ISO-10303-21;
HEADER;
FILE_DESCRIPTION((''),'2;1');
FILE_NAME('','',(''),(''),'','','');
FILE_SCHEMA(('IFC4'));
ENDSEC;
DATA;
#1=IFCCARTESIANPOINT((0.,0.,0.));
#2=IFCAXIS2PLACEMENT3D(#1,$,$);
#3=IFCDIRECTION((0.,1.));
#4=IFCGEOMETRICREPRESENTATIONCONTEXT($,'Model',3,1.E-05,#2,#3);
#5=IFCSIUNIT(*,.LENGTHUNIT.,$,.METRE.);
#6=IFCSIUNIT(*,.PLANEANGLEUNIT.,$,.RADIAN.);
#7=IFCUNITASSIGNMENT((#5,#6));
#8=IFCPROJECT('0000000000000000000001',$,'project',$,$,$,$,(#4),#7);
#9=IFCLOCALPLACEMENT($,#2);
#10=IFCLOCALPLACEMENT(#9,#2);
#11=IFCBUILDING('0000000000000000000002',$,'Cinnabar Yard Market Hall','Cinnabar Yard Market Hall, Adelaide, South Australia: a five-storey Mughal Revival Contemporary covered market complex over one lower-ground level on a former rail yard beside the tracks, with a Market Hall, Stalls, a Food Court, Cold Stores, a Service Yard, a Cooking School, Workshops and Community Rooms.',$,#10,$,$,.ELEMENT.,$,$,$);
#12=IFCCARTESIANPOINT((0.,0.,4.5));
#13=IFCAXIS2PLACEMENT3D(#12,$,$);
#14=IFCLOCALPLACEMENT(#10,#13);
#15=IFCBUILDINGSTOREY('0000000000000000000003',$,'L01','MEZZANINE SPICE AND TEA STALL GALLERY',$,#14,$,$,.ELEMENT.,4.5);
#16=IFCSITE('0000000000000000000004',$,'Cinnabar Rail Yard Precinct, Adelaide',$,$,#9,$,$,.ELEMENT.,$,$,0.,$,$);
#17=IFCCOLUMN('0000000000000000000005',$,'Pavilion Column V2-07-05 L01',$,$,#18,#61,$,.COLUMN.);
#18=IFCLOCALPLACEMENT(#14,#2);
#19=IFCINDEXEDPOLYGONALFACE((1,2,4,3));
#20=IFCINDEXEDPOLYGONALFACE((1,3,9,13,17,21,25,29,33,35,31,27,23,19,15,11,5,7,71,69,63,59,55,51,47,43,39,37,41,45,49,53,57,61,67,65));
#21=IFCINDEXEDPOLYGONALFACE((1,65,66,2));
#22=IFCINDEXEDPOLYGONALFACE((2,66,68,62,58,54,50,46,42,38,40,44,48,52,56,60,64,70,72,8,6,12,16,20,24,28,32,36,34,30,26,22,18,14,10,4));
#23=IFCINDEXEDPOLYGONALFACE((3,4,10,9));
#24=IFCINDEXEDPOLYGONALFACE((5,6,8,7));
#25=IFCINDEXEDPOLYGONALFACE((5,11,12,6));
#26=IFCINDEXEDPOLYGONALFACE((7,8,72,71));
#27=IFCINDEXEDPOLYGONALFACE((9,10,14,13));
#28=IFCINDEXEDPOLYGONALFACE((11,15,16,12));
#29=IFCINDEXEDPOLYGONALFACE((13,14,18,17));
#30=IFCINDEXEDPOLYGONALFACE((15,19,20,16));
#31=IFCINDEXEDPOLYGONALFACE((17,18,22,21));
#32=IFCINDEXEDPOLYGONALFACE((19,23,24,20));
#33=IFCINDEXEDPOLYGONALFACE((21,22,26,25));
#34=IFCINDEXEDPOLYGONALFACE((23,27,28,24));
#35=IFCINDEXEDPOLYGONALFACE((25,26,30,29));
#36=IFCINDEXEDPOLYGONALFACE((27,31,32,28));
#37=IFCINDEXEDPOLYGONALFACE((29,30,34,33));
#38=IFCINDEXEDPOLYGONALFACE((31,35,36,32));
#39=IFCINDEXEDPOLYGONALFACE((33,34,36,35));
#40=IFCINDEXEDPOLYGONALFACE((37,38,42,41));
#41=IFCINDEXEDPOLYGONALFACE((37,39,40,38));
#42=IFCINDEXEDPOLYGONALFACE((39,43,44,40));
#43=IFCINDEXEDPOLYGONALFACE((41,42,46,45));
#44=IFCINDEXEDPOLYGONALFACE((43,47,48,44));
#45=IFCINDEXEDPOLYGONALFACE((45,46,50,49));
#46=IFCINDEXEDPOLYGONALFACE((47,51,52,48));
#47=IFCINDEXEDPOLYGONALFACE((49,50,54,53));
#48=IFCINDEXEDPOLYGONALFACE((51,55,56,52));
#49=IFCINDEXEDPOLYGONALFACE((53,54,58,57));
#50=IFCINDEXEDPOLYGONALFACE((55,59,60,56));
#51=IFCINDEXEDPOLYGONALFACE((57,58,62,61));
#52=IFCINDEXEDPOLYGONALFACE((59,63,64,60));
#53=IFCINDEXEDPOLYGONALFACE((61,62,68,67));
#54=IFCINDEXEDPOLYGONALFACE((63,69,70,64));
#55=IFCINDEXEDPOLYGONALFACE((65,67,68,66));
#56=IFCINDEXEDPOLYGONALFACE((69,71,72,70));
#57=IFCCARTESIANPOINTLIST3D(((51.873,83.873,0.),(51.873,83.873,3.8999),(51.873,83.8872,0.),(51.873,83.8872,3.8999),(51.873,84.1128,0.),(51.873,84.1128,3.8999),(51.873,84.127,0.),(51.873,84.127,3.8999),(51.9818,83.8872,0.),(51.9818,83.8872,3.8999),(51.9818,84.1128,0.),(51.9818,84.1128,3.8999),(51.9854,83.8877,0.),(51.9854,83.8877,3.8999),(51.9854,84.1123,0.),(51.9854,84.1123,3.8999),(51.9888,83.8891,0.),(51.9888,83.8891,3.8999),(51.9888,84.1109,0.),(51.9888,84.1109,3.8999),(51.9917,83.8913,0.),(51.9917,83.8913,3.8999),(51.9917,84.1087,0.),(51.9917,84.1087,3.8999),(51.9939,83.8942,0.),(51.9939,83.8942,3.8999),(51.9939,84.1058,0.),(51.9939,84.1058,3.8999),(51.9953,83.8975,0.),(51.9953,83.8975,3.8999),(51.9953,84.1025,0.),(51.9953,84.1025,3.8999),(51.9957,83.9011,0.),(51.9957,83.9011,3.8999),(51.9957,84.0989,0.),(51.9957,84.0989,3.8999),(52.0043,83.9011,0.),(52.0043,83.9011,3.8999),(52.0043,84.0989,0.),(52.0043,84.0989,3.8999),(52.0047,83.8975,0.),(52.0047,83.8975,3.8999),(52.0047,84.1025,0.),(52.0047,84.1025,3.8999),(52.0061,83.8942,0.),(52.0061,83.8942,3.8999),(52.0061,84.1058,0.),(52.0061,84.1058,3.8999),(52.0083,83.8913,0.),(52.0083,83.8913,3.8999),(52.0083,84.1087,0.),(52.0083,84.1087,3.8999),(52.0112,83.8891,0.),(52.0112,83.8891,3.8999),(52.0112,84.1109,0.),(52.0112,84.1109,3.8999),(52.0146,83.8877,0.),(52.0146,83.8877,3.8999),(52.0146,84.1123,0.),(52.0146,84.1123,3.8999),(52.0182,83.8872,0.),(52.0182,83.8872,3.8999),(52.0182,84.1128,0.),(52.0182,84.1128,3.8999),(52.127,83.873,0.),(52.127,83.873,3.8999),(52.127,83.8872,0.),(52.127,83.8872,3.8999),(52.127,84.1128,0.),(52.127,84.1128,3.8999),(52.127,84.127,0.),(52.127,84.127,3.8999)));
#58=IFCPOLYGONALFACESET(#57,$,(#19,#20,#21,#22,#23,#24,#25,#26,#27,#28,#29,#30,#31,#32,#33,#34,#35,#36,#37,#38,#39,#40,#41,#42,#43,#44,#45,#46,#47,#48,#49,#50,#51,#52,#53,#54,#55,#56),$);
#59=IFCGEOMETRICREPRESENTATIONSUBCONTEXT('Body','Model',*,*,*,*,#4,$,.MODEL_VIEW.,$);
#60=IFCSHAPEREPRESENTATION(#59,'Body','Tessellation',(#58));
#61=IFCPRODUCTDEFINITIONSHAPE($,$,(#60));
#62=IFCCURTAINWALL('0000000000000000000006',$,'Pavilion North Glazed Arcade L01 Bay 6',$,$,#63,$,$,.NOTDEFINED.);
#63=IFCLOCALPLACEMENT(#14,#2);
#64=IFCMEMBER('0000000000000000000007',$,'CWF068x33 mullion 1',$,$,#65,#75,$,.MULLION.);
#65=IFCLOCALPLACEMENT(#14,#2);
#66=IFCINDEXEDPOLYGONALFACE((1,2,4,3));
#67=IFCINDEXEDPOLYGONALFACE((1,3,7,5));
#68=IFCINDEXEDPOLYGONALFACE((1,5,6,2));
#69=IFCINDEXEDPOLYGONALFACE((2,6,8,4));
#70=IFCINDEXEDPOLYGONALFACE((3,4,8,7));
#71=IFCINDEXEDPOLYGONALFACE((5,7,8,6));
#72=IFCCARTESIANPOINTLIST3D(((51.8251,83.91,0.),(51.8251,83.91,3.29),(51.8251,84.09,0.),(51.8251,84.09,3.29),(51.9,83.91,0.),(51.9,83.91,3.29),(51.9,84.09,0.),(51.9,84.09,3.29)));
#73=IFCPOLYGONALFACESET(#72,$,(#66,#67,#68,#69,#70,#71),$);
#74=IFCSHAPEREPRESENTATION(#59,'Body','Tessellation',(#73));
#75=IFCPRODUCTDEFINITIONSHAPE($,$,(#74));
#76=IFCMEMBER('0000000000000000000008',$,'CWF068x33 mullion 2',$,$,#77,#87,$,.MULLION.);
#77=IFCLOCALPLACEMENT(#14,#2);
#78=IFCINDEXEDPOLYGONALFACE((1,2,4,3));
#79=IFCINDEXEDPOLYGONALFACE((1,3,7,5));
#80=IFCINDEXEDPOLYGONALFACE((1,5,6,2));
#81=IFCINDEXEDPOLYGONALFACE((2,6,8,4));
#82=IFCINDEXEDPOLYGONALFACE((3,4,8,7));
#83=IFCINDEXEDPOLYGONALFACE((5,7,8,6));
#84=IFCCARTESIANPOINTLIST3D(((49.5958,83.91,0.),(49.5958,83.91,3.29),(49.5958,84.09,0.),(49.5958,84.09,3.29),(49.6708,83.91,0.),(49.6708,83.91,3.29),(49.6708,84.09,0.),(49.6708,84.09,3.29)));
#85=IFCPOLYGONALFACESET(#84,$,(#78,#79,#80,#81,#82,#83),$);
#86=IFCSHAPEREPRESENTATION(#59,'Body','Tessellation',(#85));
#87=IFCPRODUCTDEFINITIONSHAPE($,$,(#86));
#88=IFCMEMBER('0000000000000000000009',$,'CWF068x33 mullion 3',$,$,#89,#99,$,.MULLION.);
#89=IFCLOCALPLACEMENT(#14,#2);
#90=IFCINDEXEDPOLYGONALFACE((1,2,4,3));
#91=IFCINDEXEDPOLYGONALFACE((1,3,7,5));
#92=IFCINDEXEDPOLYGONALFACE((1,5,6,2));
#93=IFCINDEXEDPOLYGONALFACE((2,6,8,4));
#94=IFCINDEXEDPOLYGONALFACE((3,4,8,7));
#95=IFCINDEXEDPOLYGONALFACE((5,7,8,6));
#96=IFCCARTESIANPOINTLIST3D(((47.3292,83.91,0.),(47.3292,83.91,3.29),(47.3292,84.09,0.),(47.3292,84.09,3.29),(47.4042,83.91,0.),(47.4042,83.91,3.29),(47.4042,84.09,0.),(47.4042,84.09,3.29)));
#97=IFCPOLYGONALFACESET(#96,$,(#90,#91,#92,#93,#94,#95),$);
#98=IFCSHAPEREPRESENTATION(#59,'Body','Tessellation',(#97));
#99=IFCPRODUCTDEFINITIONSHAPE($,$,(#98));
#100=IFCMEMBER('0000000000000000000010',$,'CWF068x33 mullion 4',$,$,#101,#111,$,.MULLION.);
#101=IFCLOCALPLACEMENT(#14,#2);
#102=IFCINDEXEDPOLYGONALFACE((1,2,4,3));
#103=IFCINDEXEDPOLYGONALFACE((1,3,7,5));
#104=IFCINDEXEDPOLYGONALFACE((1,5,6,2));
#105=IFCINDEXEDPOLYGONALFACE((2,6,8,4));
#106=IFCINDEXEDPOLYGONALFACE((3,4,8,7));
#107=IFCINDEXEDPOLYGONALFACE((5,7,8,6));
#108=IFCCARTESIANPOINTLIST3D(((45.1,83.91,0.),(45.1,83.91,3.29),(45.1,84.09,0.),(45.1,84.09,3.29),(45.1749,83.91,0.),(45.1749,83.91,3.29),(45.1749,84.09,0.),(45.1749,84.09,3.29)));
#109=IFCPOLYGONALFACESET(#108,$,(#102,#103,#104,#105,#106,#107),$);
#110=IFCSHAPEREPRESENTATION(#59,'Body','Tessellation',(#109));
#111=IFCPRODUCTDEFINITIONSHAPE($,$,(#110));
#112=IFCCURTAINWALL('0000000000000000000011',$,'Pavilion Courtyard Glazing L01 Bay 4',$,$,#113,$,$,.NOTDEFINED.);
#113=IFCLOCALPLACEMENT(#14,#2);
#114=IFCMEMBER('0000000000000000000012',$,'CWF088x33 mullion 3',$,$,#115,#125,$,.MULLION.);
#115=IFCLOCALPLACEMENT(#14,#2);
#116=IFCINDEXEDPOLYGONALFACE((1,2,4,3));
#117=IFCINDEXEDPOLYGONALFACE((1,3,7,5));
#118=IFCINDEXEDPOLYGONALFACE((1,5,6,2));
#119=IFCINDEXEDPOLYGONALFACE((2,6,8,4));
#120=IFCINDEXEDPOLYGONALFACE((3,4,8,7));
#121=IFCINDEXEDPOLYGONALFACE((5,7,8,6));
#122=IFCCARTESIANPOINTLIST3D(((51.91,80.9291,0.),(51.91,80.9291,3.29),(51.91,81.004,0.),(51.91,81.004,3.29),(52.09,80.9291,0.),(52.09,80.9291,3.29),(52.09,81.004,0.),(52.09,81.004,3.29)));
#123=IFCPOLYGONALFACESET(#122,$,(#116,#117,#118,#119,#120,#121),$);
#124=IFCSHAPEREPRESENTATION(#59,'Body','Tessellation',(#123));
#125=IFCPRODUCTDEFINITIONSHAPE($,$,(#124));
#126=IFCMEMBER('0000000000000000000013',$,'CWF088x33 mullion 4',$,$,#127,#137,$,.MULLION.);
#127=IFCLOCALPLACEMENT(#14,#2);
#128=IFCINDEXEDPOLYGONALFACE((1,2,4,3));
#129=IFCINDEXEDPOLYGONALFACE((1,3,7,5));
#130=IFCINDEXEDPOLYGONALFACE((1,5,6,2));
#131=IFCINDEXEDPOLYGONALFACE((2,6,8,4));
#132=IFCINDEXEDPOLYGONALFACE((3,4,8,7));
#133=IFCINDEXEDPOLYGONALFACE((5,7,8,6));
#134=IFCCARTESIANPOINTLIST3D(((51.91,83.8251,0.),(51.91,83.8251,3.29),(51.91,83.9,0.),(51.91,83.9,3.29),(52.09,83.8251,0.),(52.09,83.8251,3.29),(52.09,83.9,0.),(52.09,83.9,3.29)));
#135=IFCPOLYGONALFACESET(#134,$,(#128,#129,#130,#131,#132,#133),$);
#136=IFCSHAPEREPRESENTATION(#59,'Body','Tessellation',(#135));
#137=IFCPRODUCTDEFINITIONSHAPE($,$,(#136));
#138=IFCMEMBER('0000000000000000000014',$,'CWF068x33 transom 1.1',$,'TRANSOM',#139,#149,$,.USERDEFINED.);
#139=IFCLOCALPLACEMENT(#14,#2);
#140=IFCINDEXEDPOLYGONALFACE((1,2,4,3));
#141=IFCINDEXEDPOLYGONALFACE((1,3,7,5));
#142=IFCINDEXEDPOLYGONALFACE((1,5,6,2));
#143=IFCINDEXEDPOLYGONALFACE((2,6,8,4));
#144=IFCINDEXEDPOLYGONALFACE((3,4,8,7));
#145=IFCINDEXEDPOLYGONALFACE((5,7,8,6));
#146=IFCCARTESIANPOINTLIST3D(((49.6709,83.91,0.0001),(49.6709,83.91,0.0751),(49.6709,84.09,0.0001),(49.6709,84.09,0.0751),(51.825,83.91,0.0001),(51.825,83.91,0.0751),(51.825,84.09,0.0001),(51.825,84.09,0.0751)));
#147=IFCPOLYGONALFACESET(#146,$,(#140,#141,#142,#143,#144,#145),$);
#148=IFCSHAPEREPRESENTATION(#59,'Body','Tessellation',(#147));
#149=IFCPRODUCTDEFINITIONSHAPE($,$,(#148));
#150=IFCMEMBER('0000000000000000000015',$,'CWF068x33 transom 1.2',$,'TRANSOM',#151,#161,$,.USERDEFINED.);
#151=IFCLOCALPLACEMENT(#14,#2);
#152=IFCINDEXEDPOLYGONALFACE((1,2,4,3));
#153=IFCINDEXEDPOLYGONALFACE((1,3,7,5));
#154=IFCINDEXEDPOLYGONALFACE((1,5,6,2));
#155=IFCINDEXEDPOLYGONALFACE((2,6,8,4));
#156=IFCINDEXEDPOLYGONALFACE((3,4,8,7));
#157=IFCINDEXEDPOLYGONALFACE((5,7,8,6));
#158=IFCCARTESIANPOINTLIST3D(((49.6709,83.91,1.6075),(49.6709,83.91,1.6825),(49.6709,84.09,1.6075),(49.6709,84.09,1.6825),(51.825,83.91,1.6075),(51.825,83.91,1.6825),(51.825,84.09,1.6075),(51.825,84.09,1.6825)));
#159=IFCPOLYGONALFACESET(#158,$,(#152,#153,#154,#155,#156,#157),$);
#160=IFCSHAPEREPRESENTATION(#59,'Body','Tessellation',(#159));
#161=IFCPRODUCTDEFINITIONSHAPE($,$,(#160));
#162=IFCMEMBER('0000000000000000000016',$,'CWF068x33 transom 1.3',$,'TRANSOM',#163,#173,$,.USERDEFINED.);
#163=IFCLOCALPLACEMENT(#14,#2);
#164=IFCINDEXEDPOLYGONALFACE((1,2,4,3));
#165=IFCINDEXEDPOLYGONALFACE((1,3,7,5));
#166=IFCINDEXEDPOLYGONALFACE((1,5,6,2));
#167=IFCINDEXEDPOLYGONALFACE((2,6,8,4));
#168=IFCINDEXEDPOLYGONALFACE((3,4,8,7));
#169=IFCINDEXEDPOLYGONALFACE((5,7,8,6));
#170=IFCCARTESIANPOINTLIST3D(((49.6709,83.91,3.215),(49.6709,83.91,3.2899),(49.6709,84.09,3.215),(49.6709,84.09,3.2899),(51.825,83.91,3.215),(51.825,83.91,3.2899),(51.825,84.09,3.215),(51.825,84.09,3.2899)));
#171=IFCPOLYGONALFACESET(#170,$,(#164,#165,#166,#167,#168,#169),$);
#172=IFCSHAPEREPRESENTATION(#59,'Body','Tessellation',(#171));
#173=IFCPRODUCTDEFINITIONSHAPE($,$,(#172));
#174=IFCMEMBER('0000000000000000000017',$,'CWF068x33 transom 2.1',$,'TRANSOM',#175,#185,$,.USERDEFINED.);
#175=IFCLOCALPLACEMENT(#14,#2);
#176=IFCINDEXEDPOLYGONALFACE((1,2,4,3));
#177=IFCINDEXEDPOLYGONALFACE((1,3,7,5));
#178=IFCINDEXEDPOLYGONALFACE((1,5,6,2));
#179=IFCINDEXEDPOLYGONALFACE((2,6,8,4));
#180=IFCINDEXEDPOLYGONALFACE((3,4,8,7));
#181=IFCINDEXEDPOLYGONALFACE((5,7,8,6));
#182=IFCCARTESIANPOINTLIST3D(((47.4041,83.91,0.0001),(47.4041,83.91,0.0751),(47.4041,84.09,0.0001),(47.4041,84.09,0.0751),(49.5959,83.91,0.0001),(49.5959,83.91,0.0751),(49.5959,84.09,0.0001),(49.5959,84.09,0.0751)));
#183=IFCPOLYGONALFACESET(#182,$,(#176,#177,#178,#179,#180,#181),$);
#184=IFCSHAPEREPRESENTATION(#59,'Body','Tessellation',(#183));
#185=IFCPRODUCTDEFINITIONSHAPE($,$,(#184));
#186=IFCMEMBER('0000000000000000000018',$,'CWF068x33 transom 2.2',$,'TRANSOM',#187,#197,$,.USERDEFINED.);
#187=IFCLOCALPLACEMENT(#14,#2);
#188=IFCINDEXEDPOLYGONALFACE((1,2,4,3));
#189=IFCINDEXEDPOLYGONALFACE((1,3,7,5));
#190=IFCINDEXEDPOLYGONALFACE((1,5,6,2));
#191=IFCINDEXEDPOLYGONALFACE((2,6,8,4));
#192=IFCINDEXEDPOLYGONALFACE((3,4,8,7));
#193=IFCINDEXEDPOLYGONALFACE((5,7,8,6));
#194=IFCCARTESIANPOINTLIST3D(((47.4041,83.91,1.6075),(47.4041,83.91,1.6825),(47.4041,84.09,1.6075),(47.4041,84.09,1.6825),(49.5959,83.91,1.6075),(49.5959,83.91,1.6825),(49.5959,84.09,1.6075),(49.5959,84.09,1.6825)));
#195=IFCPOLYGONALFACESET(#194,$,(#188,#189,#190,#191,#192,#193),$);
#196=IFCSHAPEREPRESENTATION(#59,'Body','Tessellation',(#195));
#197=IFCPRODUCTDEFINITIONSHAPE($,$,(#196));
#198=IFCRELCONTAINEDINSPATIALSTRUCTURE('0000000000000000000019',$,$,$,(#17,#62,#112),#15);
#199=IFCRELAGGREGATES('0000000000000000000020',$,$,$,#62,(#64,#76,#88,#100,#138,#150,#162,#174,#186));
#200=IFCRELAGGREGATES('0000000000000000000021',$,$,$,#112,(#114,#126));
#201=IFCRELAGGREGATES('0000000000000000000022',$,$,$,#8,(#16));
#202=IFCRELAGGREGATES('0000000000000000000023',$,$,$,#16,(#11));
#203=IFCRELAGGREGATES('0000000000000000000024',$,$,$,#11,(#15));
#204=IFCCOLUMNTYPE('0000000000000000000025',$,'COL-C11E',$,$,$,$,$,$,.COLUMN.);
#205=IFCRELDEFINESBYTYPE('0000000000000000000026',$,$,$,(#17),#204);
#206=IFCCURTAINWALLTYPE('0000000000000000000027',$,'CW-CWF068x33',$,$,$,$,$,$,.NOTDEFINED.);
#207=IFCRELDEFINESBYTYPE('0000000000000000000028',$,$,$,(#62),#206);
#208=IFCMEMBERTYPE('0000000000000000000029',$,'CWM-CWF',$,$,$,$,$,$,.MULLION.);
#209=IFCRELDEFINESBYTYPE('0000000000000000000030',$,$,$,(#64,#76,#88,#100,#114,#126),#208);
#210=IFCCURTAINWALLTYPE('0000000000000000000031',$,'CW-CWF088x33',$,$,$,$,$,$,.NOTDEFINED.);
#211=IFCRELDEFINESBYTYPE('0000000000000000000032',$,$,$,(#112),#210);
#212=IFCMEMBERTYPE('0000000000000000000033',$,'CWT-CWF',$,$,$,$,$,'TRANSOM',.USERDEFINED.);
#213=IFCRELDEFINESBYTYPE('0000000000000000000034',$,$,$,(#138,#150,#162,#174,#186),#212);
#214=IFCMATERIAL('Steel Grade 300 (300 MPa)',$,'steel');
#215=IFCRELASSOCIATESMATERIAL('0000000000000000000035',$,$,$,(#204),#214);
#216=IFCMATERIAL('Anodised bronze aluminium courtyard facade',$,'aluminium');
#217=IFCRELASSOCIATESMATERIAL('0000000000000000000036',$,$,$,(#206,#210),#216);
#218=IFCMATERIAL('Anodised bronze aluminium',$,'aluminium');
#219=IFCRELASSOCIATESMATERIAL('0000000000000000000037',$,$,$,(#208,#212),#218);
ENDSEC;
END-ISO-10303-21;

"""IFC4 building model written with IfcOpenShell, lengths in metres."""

from ifc_helpers import new_model, si_unit, direction, frame, origin, origin_2d_with_axis, place, context, subcontext, project, spatial, rectangle, i_section, extrude, material, material_profile, profile_set, type_object, element, aggregate, save


model = new_model("IFC4")

# Units and contexts
model_context = context("Model", 3, precision=1e-05, world=origin(), true_north=direction((0.0, 1.0)))
body_context = subcontext(model_context, "Body", "Model", "MODEL_VIEW")
ifc_project = project(units=[si_unit("LENGTHUNIT", "METRE"), si_unit("PLANEANGLEUNIT", "RADIAN")], contexts=[model_context])

# Site, building, storey
site_placement = place(None, origin())
site = spatial("IfcSite", under=ifc_project, at=site_placement, Name="Cinnabar Rail Yard Precinct, Adelaide", CompositionType="ELEMENT", RefElevation=0.0)
building_placement = place(site_placement, origin())
building = spatial("IfcBuilding", under=site, at=building_placement, Name="Cinnabar Yard Market Hall", Description="Cinnabar Yard Market Hall, Adelaide, South Australia: a five-storey Mughal Revival Contemporary covered market complex over one lower-ground level on a former rail yard beside the tracks, with a Market Hall, Stalls, a Food Court, Cold Stores, a Service Yard, a Cooking School, Workshops and Community Rooms.", CompositionType="ELEMENT")
storey_placement = place(building_placement, frame((0.0, 0.0, 4.5)))
storey = spatial("IfcBuildingStorey", under=building, at=storey_placement, Name="L01", Description="MEZZANINE SPICE AND TEA STALL GALLERY", CompositionType="ELEMENT", Elevation=4.5)

# Column
ifc_material_1 = material(Name="Steel Grade 300 (300 MPa)", Category="steel")
ifc_material_profile_1 = material_profile(ifc_material_1, i_section(OverallWidth=0.2539, OverallDepth=0.2539, WebThickness=0.0085, FlangeThickness=0.0142, FilletRadius=0.0139, at=origin_2d_with_axis()), Name="250UC72.9")
ifc_profile_set_1 = profile_set([ifc_material_profile_1], Name="Steel Grade 300 (300 MPa)")
column_type = type_object("IfcColumnType", Name="COL-C11E", PredefinedType="COLUMN", material=ifc_profile_set_1)
column_placement = place(storey_placement, frame((52.0, 84.0, 0.0), z_axis=(0.0, 0.0, 1.0), x_axis=(1.0, 0.0, 0.0)))
element("IfcColumn", 1, at=column_placement, inside=storey, type_object=column_type, Name="Pavilion Column V2-07-05 L01", PredefinedType="COLUMN", context=body_context, shape_type="SweptSolid", body=[
    extrude(i_section(OverallWidth=0.2539, OverallDepth=0.2539, WebThickness=0.0085, FlangeThickness=0.0142, FilletRadius=0.0139, at=origin_2d_with_axis()), origin(), (0.0, 0.0, 1.0), 3.8999),
])

# Curtain walls, members
ifc_material_2 = material(Name="Anodised bronze aluminium courtyard facade", Category="aluminium")
curtain_wall_type_1 = type_object("IfcCurtainWallType", Name="CW-CWF068x33", PredefinedType="NOTDEFINED", material=ifc_material_2)
curtain_wall_1_placement = place(storey_placement, origin())
curtain_wall_1 = element("IfcCurtainWall", 2, at=curtain_wall_1_placement, inside=storey, type_object=curtain_wall_type_1, Name="Pavilion North Glazed Arcade L01 Bay 6", PredefinedType="NOTDEFINED")
ifc_material_3 = material(Name="Anodised bronze aluminium", Category="aluminium")
ifc_material_profile_2 = material_profile(ifc_material_3, rectangle(XDim=0.1799, YDim=0.075, at=origin_2d_with_axis()), Name="MUL-CWF")
ifc_profile_set_2 = profile_set([ifc_material_profile_2], Name="Anodised bronze aluminium")
member_type_1 = type_object("IfcMemberType", Name="CWM-CWF", PredefinedType="MULLION", material=ifc_profile_set_2)
member_1_placement = place(storey_placement, frame((51.8625, 84.0, 0.0), z_axis=(0.0, 0.0, 1.0), x_axis=(0.0, -1.0, 0.0)))
member_1 = element("IfcMember", 3, at=member_1_placement, type_object=member_type_1, Name="CWF068x33 mullion 1", PredefinedType="MULLION", context=body_context, shape_type="SweptSolid", body=[
    extrude(rectangle(XDim=0.1799, YDim=0.075, at=origin_2d_with_axis()), origin(), (0.0, 0.0, 1.0), 3.29),
])
member_2_placement = place(storey_placement, frame((49.6333, 84.0, 0.0), z_axis=(0.0, 0.0, 1.0), x_axis=(0.0, -1.0, 0.0)))
member_2 = element("IfcMember", 4, at=member_2_placement, type_object=member_type_1, Name="CWF068x33 mullion 2", PredefinedType="MULLION", context=body_context, shape_type="SweptSolid", body=[
    extrude(rectangle(XDim=0.1799, YDim=0.075, at=origin_2d_with_axis()), origin(), (0.0, 0.0, 1.0), 3.29),
])
member_3_placement = place(storey_placement, frame((47.3667, 84.0, 0.0), z_axis=(0.0, 0.0, 1.0), x_axis=(0.0, -1.0, 0.0)))
member_3 = element("IfcMember", 5, at=member_3_placement, type_object=member_type_1, Name="CWF068x33 mullion 3", PredefinedType="MULLION", context=body_context, shape_type="SweptSolid", body=[
    extrude(rectangle(XDim=0.1799, YDim=0.075, at=origin_2d_with_axis()), origin(), (0.0, 0.0, 1.0), 3.29),
])
member_4_placement = place(storey_placement, frame((45.1375, 84.0, 0.0), z_axis=(0.0, 0.0, 1.0), x_axis=(0.0, -1.0, 0.0)))
member_4 = element("IfcMember", 6, at=member_4_placement, type_object=member_type_1, Name="CWF068x33 mullion 4", PredefinedType="MULLION", context=body_context, shape_type="SweptSolid", body=[
    extrude(rectangle(XDim=0.1799, YDim=0.075, at=origin_2d_with_axis()), origin(), (0.0, 0.0, 1.0), 3.29),
])
curtain_wall_type_2 = type_object("IfcCurtainWallType", Name="CW-CWF088x33", PredefinedType="NOTDEFINED", material=ifc_material_2)
curtain_wall_2_placement = place(storey_placement, origin())
curtain_wall_2 = element("IfcCurtainWall", 7, at=curtain_wall_2_placement, inside=storey, type_object=curtain_wall_type_2, Name="Pavilion Courtyard Glazing L01 Bay 4", PredefinedType="NOTDEFINED")
member_5_placement = place(storey_placement, frame((52.0, 80.9666, 0.0), z_axis=(0.0, 0.0, 1.0), x_axis=(-1.0, 0.0, 0.0)))
member_5 = element("IfcMember", 8, at=member_5_placement, type_object=member_type_1, Name="CWF088x33 mullion 3", PredefinedType="MULLION", context=body_context, shape_type="SweptSolid", body=[
    extrude(rectangle(XDim=0.1799, YDim=0.075, at=origin_2d_with_axis()), origin(), (0.0, 0.0, 1.0), 3.29),
])
member_6_placement = place(storey_placement, frame((52.0, 83.8625, 0.0), z_axis=(0.0, 0.0, 1.0), x_axis=(-1.0, 0.0, 0.0)))
member_6 = element("IfcMember", 9, at=member_6_placement, type_object=member_type_1, Name="CWF088x33 mullion 4", PredefinedType="MULLION", context=body_context, shape_type="SweptSolid", body=[
    extrude(rectangle(XDim=0.1799, YDim=0.075, at=origin_2d_with_axis()), origin(), (0.0, 0.0, 1.0), 3.29),
])

# Members
ifc_material_profile_3 = material_profile(ifc_material_3, rectangle(XDim=0.1799, YDim=0.075, at=origin_2d_with_axis()), Name="TRN-CWF")
ifc_profile_set_3 = profile_set([ifc_material_profile_3], Name="Anodised bronze aluminium")
member_type_2 = type_object("IfcMemberType", Name="CWT-CWF", ElementType="TRANSOM", PredefinedType="USERDEFINED", material=ifc_profile_set_3)
member_7_placement = place(storey_placement, frame((51.825, 84.0, 0.0376), z_axis=(-1.0, 0.0, 0.0), x_axis=(0.0, -1.0, 0.0)))
member_7 = element("IfcMember", 10, at=member_7_placement, type_object=member_type_2, Name="CWF068x33 transom 1.1", ObjectType="TRANSOM", PredefinedType="USERDEFINED", context=body_context, shape_type="SweptSolid", body=[
    extrude(rectangle(XDim=0.1799, YDim=0.075, at=origin_2d_with_axis()), origin(), (0.0, 0.0, 1.0), 2.1541),
])
member_8_placement = place(storey_placement, frame((51.825, 84.0, 1.645), z_axis=(-1.0, 0.0, 0.0), x_axis=(0.0, -1.0, 0.0)))
member_8 = element("IfcMember", 11, at=member_8_placement, type_object=member_type_2, Name="CWF068x33 transom 1.2", ObjectType="TRANSOM", PredefinedType="USERDEFINED", context=body_context, shape_type="SweptSolid", body=[
    extrude(rectangle(XDim=0.1799, YDim=0.075, at=origin_2d_with_axis()), origin(), (0.0, 0.0, 1.0), 2.1541),
])
member_9_placement = place(storey_placement, frame((51.825, 84.0, 3.2524), z_axis=(-1.0, 0.0, 0.0), x_axis=(0.0, -1.0, 0.0)))
member_9 = element("IfcMember", 12, at=member_9_placement, type_object=member_type_2, Name="CWF068x33 transom 1.3", ObjectType="TRANSOM", PredefinedType="USERDEFINED", context=body_context, shape_type="SweptSolid", body=[
    extrude(rectangle(XDim=0.1799, YDim=0.075, at=origin_2d_with_axis()), origin(), (0.0, 0.0, 1.0), 2.1541),
])
member_10_placement = place(storey_placement, frame((49.5959, 84.0, 0.0376), z_axis=(-1.0, 0.0, 0.0), x_axis=(0.0, -1.0, 0.0)))
member_10 = element("IfcMember", 13, at=member_10_placement, type_object=member_type_2, Name="CWF068x33 transom 2.1", ObjectType="TRANSOM", PredefinedType="USERDEFINED", context=body_context, shape_type="SweptSolid", body=[
    extrude(rectangle(XDim=0.1799, YDim=0.075, at=origin_2d_with_axis()), origin(), (0.0, 0.0, 1.0), 2.1919),
])
member_11_placement = place(storey_placement, frame((49.5959, 84.0, 1.645), z_axis=(-1.0, 0.0, 0.0), x_axis=(0.0, -1.0, 0.0)))
member_11 = element("IfcMember", 14, at=member_11_placement, type_object=member_type_2, Name="CWF068x33 transom 2.2", ObjectType="TRANSOM", PredefinedType="USERDEFINED", context=body_context, shape_type="SweptSolid", body=[
    extrude(rectangle(XDim=0.1799, YDim=0.075, at=origin_2d_with_axis()), origin(), (0.0, 0.0, 1.0), 2.1919),
])

aggregate(curtain_wall_1, [member_1, member_2, member_3, member_4, member_7, member_8, member_9, member_10, member_11])
aggregate(curtain_wall_2, [member_5, member_6])

save(model, "model.ifc")
